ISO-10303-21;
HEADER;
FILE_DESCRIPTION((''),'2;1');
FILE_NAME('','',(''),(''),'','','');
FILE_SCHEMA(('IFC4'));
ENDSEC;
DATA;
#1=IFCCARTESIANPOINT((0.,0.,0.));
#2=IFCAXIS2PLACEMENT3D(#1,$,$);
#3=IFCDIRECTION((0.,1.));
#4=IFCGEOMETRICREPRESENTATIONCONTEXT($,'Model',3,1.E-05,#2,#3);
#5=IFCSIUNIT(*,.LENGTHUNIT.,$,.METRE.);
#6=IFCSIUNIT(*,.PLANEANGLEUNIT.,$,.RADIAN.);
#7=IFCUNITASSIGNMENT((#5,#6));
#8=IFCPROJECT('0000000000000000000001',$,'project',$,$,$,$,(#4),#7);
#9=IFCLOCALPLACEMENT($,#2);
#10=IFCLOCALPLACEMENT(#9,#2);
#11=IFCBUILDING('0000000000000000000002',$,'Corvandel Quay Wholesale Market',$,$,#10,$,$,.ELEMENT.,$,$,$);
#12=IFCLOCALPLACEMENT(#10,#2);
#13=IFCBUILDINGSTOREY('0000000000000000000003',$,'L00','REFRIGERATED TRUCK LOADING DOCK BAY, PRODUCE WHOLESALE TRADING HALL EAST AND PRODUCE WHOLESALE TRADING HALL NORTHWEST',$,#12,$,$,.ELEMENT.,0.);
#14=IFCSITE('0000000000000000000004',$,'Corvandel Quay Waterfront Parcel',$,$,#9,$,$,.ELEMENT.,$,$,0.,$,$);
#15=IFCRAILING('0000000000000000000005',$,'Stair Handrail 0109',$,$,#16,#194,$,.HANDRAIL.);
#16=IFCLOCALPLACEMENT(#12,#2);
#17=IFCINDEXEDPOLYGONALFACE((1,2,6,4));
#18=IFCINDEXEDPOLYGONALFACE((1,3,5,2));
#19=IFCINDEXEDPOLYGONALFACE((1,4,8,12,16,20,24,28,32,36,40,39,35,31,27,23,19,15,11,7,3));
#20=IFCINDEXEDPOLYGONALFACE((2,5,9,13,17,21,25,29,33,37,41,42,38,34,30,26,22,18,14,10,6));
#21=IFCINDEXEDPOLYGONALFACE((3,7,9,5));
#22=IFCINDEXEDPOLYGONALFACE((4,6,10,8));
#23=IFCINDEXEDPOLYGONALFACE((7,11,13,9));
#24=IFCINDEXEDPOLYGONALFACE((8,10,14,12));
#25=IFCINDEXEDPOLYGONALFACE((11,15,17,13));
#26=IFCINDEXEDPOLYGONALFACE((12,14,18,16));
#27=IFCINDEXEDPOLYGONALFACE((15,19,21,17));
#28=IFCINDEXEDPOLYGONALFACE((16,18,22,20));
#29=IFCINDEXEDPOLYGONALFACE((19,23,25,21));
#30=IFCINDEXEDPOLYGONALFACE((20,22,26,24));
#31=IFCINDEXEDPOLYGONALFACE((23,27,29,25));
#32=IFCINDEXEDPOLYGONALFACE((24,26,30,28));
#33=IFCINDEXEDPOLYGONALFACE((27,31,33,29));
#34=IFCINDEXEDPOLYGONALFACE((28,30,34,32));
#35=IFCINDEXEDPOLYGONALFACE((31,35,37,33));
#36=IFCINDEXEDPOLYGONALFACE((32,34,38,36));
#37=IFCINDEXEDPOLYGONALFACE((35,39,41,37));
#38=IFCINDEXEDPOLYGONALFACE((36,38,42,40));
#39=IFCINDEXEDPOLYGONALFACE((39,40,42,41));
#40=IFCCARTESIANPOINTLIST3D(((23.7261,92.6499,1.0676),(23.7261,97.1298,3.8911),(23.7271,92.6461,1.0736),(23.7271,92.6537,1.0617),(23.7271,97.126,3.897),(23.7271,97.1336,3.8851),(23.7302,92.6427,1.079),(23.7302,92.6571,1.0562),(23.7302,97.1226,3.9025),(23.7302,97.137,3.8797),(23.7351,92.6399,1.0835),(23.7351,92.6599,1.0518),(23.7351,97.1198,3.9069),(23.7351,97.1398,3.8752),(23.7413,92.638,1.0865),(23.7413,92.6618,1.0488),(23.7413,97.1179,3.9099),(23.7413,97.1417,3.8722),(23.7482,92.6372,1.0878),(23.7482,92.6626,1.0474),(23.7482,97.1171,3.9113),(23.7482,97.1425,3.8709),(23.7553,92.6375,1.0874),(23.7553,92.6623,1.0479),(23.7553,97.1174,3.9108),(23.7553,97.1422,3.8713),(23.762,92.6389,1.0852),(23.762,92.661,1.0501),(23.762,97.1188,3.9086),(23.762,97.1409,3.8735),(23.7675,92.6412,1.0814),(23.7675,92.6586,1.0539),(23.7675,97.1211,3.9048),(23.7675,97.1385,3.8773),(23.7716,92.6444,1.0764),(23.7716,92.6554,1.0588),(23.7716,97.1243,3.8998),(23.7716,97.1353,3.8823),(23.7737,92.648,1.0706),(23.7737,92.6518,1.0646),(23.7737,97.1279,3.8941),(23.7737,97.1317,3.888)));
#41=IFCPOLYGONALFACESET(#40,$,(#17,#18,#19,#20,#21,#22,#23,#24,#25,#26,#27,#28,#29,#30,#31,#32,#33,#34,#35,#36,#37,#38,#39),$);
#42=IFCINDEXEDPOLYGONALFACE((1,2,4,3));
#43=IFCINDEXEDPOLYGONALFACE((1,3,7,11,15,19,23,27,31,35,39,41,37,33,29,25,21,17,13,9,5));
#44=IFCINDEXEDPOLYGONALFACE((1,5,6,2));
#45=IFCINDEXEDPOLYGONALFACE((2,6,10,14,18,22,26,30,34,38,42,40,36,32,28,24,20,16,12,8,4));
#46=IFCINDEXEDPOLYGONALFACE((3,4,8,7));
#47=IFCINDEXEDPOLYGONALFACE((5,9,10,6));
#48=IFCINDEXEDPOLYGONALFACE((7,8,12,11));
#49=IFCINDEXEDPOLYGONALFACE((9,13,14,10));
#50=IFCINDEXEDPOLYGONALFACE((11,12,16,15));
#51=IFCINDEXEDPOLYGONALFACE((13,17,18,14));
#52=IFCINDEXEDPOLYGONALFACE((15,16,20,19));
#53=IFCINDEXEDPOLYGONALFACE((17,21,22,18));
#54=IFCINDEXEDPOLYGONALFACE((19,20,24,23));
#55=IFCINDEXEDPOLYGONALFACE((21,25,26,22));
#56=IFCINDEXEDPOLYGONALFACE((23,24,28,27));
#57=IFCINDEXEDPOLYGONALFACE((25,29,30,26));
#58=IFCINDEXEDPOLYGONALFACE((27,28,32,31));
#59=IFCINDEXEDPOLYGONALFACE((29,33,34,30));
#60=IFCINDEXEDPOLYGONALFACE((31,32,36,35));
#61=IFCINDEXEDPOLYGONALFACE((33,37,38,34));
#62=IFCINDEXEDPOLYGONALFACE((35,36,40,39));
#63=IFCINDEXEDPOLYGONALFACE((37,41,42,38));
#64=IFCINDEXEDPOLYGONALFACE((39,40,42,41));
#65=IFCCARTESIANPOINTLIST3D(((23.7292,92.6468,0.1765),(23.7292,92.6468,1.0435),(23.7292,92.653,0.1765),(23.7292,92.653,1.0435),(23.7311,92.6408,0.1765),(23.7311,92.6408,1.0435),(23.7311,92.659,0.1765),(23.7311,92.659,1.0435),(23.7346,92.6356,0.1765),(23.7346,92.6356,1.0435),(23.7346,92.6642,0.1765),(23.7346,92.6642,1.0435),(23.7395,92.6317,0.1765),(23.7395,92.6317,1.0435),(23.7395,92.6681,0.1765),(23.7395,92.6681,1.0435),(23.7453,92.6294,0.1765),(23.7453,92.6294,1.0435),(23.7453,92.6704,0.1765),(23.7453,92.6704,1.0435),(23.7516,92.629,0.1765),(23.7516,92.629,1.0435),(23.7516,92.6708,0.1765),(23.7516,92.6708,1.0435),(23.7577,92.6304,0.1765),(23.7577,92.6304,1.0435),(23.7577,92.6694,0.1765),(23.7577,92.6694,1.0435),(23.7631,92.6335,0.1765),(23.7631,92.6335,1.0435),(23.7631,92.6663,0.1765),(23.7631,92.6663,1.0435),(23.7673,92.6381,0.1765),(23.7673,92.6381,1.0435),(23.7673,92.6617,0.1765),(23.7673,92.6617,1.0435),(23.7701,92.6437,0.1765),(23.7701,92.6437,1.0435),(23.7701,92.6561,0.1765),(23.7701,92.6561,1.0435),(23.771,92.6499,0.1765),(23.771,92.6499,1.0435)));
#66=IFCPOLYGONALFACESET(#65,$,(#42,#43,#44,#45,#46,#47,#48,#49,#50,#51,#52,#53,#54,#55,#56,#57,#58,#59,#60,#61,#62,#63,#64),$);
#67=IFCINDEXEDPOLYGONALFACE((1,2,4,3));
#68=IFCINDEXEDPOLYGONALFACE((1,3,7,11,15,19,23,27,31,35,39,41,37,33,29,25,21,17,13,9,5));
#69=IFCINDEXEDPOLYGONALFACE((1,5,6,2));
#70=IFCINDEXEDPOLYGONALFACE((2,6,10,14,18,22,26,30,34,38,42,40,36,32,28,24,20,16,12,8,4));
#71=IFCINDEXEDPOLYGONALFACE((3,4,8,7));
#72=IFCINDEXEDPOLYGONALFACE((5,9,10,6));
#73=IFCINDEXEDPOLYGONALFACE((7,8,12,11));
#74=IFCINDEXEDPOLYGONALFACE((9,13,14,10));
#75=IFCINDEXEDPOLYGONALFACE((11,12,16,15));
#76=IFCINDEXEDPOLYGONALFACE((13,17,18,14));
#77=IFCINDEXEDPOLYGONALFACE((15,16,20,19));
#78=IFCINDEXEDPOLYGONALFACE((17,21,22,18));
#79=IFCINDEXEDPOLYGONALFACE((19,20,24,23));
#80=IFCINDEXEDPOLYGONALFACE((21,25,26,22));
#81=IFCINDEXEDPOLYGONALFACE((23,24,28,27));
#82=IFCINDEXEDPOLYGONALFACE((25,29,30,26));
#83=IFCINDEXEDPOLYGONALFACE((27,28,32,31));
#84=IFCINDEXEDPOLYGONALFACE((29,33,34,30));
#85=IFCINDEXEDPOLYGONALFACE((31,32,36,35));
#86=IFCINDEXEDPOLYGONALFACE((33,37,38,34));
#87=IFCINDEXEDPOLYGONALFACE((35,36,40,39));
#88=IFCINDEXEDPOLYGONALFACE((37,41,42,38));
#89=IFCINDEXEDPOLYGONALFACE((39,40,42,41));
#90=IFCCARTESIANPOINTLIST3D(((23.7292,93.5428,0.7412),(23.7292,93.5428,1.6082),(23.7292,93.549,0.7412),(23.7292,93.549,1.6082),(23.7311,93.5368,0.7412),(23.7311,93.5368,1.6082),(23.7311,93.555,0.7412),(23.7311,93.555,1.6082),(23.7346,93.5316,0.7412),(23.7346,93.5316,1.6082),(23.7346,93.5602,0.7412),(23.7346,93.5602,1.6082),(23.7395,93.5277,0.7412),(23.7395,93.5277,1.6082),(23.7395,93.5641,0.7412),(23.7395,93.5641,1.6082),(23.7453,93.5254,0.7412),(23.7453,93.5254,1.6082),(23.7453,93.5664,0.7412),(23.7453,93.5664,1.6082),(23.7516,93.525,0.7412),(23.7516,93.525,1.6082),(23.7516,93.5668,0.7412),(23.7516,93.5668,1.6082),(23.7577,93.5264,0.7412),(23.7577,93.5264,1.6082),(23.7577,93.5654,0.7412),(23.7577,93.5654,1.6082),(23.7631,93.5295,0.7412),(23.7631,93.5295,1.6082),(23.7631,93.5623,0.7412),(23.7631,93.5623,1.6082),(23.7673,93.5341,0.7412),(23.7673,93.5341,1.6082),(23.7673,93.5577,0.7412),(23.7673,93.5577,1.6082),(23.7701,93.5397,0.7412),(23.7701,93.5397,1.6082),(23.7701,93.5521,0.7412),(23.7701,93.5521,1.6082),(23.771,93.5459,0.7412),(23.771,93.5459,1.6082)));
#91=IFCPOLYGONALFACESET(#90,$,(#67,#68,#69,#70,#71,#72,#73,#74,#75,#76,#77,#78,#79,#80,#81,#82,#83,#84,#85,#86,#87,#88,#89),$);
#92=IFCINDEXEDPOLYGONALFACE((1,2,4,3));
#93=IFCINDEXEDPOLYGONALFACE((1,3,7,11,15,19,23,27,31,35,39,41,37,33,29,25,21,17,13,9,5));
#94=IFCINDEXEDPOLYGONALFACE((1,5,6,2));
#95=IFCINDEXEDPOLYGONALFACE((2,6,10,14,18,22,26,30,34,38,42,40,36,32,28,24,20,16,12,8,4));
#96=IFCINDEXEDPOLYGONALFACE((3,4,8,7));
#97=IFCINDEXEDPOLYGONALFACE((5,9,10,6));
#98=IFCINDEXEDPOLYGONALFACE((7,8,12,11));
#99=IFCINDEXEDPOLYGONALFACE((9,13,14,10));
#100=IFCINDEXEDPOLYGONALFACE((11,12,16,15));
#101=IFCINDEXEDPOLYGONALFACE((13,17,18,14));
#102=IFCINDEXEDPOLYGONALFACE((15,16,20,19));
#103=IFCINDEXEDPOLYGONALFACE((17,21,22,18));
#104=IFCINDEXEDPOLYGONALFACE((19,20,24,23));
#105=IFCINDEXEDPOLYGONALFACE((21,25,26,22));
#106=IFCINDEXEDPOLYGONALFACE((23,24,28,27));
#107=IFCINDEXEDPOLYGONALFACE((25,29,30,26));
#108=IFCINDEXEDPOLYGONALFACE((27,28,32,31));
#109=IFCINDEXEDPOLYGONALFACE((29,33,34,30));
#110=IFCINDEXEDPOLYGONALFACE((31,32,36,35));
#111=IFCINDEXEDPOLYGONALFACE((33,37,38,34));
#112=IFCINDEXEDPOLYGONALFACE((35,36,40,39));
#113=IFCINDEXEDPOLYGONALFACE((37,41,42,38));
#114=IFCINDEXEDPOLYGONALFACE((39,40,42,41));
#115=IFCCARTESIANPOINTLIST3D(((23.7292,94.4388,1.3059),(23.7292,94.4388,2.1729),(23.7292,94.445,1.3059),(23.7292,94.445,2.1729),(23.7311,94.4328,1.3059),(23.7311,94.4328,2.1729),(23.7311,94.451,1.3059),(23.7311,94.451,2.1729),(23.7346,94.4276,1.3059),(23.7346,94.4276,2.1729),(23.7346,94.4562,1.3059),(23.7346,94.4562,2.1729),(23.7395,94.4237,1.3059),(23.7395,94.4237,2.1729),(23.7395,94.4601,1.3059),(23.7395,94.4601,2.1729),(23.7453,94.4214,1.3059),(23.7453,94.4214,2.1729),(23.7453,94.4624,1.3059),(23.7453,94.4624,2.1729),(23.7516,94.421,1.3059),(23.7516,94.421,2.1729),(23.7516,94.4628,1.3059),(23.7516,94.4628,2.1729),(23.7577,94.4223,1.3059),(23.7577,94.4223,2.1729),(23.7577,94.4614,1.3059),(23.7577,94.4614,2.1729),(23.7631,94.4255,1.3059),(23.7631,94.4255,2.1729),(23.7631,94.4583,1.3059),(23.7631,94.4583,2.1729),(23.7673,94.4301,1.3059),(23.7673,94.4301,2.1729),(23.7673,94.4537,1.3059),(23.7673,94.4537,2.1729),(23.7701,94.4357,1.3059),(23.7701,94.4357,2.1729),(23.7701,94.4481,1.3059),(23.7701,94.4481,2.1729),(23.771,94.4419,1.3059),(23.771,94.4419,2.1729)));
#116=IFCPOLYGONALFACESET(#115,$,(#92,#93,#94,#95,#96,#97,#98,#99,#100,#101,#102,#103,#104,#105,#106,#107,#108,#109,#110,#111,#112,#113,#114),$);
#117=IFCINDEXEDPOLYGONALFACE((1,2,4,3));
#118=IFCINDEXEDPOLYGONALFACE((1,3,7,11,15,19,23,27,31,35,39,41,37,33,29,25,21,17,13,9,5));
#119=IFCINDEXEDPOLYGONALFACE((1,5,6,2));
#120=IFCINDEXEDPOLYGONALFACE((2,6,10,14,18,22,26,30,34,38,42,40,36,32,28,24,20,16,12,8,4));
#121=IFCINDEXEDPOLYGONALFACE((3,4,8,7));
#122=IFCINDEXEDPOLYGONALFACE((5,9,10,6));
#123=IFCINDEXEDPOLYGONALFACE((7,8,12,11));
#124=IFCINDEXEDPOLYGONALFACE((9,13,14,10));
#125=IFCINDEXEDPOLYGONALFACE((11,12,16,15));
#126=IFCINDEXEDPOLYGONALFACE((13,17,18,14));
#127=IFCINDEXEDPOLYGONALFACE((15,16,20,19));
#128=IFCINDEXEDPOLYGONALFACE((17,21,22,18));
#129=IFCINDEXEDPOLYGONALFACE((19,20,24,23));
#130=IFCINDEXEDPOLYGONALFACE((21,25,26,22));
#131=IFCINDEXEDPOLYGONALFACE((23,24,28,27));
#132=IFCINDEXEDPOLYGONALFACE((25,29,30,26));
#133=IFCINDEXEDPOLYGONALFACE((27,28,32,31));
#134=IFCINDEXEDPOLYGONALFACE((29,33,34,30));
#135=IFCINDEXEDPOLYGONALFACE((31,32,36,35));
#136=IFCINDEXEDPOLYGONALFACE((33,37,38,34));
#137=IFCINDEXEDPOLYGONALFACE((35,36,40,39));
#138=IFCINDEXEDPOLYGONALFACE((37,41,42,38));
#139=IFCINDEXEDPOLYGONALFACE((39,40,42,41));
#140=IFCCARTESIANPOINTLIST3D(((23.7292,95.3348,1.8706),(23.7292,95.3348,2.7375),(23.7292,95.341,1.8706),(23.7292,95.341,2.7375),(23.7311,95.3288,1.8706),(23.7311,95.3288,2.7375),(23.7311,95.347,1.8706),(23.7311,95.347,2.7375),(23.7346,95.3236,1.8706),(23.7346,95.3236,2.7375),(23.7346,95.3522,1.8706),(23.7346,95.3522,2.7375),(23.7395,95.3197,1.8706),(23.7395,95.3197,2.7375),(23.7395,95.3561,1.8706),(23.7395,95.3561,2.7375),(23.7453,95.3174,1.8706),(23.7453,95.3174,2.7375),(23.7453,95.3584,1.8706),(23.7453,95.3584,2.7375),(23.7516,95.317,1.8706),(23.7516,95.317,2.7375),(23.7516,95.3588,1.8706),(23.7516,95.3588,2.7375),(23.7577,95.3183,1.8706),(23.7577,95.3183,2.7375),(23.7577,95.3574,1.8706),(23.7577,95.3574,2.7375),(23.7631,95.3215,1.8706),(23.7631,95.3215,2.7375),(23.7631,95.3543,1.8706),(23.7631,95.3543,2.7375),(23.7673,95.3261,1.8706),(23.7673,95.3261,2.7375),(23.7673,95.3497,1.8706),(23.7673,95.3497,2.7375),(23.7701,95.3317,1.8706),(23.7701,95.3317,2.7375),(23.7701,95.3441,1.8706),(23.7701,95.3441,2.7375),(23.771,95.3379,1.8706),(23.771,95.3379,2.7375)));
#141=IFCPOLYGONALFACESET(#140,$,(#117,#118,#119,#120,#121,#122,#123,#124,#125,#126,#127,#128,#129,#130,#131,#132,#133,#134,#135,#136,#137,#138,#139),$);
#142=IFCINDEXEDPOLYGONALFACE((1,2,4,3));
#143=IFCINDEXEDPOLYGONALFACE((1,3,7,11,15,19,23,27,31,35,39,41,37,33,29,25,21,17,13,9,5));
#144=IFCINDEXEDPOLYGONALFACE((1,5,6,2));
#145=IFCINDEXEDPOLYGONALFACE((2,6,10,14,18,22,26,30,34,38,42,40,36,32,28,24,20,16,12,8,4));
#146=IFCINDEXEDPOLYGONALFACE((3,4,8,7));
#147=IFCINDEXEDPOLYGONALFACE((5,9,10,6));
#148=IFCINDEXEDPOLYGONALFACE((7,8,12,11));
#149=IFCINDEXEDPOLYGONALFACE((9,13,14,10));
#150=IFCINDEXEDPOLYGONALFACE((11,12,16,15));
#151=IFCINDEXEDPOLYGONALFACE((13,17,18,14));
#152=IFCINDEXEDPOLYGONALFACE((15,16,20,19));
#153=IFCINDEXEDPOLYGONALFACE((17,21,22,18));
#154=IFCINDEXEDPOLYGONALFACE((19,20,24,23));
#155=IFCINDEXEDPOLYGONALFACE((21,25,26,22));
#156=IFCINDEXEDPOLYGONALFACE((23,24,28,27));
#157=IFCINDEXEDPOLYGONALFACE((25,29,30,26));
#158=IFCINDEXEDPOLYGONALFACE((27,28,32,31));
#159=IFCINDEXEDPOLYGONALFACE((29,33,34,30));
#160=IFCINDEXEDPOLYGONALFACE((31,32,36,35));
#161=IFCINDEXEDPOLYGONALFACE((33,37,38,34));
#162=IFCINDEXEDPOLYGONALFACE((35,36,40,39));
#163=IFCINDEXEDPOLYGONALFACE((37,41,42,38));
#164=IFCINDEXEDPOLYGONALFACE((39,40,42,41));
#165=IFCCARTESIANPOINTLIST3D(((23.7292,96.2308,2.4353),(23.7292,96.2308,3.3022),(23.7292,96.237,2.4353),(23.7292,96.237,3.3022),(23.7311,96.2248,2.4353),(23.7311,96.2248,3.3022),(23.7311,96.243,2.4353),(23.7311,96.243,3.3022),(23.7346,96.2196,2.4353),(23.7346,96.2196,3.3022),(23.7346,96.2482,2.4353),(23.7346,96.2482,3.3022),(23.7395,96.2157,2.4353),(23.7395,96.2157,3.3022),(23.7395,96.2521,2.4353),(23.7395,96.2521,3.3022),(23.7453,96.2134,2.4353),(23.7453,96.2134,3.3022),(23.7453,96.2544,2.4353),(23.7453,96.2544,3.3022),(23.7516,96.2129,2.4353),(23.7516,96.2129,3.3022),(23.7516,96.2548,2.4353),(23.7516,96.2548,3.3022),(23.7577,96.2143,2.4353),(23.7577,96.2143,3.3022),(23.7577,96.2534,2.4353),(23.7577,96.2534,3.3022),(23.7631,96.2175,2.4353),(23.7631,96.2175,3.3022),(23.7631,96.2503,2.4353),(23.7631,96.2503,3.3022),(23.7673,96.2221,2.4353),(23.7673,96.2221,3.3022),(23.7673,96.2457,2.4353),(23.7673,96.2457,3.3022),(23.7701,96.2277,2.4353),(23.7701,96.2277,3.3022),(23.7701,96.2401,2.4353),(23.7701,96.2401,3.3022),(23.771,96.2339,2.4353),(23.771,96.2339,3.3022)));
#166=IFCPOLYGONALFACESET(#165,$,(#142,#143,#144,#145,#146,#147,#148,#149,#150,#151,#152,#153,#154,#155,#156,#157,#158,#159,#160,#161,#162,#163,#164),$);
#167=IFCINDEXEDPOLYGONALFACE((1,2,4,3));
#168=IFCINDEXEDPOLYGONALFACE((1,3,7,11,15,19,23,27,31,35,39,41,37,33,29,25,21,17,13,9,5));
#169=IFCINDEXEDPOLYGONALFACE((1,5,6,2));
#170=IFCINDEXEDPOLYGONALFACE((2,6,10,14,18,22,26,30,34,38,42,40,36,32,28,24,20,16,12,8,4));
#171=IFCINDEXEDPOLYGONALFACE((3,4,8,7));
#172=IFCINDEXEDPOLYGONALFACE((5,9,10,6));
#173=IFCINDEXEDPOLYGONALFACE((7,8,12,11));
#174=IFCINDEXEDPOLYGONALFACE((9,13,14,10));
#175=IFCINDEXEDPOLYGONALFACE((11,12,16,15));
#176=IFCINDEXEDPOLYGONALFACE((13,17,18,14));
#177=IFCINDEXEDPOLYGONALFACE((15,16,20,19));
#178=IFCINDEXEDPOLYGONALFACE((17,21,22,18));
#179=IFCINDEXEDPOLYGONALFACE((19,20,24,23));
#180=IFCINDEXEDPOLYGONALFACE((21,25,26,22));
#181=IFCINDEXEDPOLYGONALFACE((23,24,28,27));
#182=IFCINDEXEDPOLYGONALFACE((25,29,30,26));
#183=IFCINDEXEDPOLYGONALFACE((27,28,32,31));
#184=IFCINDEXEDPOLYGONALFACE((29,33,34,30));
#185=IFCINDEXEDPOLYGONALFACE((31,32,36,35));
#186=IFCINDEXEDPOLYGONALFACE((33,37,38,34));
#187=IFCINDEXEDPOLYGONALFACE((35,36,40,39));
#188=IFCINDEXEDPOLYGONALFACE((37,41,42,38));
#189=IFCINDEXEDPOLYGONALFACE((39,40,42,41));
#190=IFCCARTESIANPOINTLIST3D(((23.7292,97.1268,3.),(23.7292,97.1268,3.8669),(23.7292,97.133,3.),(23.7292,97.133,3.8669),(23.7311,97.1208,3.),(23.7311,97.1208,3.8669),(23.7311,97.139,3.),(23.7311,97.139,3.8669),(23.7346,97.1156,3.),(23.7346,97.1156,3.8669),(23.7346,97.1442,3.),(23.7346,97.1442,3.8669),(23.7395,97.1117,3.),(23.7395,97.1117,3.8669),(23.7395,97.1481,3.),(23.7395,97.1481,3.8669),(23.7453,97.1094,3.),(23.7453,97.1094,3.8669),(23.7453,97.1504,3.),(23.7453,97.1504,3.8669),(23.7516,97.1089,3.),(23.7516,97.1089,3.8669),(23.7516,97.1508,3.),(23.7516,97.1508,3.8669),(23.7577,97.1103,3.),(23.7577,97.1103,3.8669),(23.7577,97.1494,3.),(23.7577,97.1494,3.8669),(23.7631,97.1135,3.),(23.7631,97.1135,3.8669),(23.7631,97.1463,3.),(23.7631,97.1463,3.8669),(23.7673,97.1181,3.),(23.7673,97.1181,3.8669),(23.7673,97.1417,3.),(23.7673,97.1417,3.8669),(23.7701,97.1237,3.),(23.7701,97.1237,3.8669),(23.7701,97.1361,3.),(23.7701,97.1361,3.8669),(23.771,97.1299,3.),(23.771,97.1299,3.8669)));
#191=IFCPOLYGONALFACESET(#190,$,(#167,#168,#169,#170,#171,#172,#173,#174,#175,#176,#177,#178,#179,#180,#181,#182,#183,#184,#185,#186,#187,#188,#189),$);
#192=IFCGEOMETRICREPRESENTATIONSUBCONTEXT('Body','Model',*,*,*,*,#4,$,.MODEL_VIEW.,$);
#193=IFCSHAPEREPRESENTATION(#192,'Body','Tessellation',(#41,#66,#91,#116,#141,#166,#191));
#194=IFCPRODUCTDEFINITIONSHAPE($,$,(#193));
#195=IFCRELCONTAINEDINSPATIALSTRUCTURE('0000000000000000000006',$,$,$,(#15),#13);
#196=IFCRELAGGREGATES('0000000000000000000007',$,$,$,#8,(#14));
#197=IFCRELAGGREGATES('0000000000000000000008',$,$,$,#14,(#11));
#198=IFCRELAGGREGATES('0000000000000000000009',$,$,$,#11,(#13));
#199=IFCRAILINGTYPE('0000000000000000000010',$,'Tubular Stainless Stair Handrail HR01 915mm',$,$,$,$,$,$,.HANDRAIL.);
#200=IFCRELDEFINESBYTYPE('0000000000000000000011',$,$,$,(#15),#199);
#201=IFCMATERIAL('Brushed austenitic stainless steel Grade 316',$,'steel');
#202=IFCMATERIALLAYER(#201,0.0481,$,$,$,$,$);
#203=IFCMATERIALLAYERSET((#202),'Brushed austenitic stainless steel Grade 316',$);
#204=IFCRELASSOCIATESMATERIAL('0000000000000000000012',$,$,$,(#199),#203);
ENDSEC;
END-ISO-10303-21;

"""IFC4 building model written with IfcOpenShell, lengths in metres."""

from ifc_helpers import new_model, si_unit, direction, frame, origin, origin_2d, place, context, subcontext, project, spatial, circle, extrude, material, layer, layer_set, type_object, element, save


model = new_model("IFC4")

# Units and contexts
model_context = context("Model", 3, precision=1e-05, world=origin(), true_north=direction((0.0, 1.0)))
body_context = subcontext(model_context, "Body", "Model", "MODEL_VIEW")
ifc_project = project(units=[si_unit("LENGTHUNIT", "METRE"), si_unit("PLANEANGLEUNIT", "RADIAN")], contexts=[model_context])

# Site, building, storey
site_placement = place(None, origin())
site = spatial("IfcSite", under=ifc_project, at=site_placement, Name="Corvandel Quay Waterfront Parcel", CompositionType="ELEMENT", RefElevation=0.0)
building_placement = place(site_placement, origin())
building = spatial("IfcBuilding", under=site, at=building_placement, Name="Corvandel Quay Wholesale Market", CompositionType="ELEMENT")
storey_placement = place(building_placement, origin())
storey = spatial("IfcBuildingStorey", under=building, at=storey_placement, Name="L00", Description="REFRIGERATED TRUCK LOADING DOCK BAY, PRODUCE WHOLESALE TRADING HALL EAST AND PRODUCE WHOLESALE TRADING HALL NORTHWEST", CompositionType="ELEMENT", Elevation=0.0)

# Railing
ifc_material_1 = material(Name="Brushed austenitic stainless steel Grade 316", Category="steel")
ifc_layer_1 = layer(ifc_material_1, 0.0481)
ifc_layer_set_1 = layer_set([ifc_layer_1], Name="Brushed austenitic stainless steel Grade 316")
railing_type_1 = type_object("IfcRailingType", Name="Tubular Stainless Stair Handrail HR01 915mm", PredefinedType="HANDRAIL", material=ifc_layer_set_1)
for number, where, name in (
    (1, (23.75, 92.6499, 0.1765), "Stair Handrail 0109"),
):
    element("IfcRailing", number, at=place(storey_placement, frame(where)), inside=storey, type_object=railing_type_1, Name=name, PredefinedType="HANDRAIL", context=body_context, shape_type="SweptSolid", body=[
        extrude(circle(Radius=0.0239, at=origin_2d()), frame((0.0, 0.0, 0.8911), z_axis=(0.0, 0.845998, 0.533186), x_axis=(-1.0, 0.0, 0.0)), (0.0, 0.0, 1.0), 5.2954),
        extrude(circle(Radius=0.021, at=origin_2d()), origin(), (0.0, 0.0, 1.0), 0.8669),
        extrude(circle(Radius=0.021, at=origin_2d()), frame((0.0, 0.896, 0.5647)), (0.0, 0.0, 1.0), 0.8669),
        extrude(circle(Radius=0.021, at=origin_2d()), frame((0.0, 1.792, 1.1294)), (0.0, 0.0, 1.0), 0.8669),
        extrude(circle(Radius=0.021, at=origin_2d()), frame((0.0, 2.688, 1.6941)), (0.0, 0.0, 1.0), 0.8669),
        extrude(circle(Radius=0.021, at=origin_2d()), frame((0.0, 3.584, 2.2588)), (0.0, 0.0, 1.0), 0.8669),
        extrude(circle(Radius=0.021, at=origin_2d()), frame((0.0, 4.48, 2.8235)), (0.0, 0.0, 1.0), 0.8669),
    ])

save(model, "model.ifc")
